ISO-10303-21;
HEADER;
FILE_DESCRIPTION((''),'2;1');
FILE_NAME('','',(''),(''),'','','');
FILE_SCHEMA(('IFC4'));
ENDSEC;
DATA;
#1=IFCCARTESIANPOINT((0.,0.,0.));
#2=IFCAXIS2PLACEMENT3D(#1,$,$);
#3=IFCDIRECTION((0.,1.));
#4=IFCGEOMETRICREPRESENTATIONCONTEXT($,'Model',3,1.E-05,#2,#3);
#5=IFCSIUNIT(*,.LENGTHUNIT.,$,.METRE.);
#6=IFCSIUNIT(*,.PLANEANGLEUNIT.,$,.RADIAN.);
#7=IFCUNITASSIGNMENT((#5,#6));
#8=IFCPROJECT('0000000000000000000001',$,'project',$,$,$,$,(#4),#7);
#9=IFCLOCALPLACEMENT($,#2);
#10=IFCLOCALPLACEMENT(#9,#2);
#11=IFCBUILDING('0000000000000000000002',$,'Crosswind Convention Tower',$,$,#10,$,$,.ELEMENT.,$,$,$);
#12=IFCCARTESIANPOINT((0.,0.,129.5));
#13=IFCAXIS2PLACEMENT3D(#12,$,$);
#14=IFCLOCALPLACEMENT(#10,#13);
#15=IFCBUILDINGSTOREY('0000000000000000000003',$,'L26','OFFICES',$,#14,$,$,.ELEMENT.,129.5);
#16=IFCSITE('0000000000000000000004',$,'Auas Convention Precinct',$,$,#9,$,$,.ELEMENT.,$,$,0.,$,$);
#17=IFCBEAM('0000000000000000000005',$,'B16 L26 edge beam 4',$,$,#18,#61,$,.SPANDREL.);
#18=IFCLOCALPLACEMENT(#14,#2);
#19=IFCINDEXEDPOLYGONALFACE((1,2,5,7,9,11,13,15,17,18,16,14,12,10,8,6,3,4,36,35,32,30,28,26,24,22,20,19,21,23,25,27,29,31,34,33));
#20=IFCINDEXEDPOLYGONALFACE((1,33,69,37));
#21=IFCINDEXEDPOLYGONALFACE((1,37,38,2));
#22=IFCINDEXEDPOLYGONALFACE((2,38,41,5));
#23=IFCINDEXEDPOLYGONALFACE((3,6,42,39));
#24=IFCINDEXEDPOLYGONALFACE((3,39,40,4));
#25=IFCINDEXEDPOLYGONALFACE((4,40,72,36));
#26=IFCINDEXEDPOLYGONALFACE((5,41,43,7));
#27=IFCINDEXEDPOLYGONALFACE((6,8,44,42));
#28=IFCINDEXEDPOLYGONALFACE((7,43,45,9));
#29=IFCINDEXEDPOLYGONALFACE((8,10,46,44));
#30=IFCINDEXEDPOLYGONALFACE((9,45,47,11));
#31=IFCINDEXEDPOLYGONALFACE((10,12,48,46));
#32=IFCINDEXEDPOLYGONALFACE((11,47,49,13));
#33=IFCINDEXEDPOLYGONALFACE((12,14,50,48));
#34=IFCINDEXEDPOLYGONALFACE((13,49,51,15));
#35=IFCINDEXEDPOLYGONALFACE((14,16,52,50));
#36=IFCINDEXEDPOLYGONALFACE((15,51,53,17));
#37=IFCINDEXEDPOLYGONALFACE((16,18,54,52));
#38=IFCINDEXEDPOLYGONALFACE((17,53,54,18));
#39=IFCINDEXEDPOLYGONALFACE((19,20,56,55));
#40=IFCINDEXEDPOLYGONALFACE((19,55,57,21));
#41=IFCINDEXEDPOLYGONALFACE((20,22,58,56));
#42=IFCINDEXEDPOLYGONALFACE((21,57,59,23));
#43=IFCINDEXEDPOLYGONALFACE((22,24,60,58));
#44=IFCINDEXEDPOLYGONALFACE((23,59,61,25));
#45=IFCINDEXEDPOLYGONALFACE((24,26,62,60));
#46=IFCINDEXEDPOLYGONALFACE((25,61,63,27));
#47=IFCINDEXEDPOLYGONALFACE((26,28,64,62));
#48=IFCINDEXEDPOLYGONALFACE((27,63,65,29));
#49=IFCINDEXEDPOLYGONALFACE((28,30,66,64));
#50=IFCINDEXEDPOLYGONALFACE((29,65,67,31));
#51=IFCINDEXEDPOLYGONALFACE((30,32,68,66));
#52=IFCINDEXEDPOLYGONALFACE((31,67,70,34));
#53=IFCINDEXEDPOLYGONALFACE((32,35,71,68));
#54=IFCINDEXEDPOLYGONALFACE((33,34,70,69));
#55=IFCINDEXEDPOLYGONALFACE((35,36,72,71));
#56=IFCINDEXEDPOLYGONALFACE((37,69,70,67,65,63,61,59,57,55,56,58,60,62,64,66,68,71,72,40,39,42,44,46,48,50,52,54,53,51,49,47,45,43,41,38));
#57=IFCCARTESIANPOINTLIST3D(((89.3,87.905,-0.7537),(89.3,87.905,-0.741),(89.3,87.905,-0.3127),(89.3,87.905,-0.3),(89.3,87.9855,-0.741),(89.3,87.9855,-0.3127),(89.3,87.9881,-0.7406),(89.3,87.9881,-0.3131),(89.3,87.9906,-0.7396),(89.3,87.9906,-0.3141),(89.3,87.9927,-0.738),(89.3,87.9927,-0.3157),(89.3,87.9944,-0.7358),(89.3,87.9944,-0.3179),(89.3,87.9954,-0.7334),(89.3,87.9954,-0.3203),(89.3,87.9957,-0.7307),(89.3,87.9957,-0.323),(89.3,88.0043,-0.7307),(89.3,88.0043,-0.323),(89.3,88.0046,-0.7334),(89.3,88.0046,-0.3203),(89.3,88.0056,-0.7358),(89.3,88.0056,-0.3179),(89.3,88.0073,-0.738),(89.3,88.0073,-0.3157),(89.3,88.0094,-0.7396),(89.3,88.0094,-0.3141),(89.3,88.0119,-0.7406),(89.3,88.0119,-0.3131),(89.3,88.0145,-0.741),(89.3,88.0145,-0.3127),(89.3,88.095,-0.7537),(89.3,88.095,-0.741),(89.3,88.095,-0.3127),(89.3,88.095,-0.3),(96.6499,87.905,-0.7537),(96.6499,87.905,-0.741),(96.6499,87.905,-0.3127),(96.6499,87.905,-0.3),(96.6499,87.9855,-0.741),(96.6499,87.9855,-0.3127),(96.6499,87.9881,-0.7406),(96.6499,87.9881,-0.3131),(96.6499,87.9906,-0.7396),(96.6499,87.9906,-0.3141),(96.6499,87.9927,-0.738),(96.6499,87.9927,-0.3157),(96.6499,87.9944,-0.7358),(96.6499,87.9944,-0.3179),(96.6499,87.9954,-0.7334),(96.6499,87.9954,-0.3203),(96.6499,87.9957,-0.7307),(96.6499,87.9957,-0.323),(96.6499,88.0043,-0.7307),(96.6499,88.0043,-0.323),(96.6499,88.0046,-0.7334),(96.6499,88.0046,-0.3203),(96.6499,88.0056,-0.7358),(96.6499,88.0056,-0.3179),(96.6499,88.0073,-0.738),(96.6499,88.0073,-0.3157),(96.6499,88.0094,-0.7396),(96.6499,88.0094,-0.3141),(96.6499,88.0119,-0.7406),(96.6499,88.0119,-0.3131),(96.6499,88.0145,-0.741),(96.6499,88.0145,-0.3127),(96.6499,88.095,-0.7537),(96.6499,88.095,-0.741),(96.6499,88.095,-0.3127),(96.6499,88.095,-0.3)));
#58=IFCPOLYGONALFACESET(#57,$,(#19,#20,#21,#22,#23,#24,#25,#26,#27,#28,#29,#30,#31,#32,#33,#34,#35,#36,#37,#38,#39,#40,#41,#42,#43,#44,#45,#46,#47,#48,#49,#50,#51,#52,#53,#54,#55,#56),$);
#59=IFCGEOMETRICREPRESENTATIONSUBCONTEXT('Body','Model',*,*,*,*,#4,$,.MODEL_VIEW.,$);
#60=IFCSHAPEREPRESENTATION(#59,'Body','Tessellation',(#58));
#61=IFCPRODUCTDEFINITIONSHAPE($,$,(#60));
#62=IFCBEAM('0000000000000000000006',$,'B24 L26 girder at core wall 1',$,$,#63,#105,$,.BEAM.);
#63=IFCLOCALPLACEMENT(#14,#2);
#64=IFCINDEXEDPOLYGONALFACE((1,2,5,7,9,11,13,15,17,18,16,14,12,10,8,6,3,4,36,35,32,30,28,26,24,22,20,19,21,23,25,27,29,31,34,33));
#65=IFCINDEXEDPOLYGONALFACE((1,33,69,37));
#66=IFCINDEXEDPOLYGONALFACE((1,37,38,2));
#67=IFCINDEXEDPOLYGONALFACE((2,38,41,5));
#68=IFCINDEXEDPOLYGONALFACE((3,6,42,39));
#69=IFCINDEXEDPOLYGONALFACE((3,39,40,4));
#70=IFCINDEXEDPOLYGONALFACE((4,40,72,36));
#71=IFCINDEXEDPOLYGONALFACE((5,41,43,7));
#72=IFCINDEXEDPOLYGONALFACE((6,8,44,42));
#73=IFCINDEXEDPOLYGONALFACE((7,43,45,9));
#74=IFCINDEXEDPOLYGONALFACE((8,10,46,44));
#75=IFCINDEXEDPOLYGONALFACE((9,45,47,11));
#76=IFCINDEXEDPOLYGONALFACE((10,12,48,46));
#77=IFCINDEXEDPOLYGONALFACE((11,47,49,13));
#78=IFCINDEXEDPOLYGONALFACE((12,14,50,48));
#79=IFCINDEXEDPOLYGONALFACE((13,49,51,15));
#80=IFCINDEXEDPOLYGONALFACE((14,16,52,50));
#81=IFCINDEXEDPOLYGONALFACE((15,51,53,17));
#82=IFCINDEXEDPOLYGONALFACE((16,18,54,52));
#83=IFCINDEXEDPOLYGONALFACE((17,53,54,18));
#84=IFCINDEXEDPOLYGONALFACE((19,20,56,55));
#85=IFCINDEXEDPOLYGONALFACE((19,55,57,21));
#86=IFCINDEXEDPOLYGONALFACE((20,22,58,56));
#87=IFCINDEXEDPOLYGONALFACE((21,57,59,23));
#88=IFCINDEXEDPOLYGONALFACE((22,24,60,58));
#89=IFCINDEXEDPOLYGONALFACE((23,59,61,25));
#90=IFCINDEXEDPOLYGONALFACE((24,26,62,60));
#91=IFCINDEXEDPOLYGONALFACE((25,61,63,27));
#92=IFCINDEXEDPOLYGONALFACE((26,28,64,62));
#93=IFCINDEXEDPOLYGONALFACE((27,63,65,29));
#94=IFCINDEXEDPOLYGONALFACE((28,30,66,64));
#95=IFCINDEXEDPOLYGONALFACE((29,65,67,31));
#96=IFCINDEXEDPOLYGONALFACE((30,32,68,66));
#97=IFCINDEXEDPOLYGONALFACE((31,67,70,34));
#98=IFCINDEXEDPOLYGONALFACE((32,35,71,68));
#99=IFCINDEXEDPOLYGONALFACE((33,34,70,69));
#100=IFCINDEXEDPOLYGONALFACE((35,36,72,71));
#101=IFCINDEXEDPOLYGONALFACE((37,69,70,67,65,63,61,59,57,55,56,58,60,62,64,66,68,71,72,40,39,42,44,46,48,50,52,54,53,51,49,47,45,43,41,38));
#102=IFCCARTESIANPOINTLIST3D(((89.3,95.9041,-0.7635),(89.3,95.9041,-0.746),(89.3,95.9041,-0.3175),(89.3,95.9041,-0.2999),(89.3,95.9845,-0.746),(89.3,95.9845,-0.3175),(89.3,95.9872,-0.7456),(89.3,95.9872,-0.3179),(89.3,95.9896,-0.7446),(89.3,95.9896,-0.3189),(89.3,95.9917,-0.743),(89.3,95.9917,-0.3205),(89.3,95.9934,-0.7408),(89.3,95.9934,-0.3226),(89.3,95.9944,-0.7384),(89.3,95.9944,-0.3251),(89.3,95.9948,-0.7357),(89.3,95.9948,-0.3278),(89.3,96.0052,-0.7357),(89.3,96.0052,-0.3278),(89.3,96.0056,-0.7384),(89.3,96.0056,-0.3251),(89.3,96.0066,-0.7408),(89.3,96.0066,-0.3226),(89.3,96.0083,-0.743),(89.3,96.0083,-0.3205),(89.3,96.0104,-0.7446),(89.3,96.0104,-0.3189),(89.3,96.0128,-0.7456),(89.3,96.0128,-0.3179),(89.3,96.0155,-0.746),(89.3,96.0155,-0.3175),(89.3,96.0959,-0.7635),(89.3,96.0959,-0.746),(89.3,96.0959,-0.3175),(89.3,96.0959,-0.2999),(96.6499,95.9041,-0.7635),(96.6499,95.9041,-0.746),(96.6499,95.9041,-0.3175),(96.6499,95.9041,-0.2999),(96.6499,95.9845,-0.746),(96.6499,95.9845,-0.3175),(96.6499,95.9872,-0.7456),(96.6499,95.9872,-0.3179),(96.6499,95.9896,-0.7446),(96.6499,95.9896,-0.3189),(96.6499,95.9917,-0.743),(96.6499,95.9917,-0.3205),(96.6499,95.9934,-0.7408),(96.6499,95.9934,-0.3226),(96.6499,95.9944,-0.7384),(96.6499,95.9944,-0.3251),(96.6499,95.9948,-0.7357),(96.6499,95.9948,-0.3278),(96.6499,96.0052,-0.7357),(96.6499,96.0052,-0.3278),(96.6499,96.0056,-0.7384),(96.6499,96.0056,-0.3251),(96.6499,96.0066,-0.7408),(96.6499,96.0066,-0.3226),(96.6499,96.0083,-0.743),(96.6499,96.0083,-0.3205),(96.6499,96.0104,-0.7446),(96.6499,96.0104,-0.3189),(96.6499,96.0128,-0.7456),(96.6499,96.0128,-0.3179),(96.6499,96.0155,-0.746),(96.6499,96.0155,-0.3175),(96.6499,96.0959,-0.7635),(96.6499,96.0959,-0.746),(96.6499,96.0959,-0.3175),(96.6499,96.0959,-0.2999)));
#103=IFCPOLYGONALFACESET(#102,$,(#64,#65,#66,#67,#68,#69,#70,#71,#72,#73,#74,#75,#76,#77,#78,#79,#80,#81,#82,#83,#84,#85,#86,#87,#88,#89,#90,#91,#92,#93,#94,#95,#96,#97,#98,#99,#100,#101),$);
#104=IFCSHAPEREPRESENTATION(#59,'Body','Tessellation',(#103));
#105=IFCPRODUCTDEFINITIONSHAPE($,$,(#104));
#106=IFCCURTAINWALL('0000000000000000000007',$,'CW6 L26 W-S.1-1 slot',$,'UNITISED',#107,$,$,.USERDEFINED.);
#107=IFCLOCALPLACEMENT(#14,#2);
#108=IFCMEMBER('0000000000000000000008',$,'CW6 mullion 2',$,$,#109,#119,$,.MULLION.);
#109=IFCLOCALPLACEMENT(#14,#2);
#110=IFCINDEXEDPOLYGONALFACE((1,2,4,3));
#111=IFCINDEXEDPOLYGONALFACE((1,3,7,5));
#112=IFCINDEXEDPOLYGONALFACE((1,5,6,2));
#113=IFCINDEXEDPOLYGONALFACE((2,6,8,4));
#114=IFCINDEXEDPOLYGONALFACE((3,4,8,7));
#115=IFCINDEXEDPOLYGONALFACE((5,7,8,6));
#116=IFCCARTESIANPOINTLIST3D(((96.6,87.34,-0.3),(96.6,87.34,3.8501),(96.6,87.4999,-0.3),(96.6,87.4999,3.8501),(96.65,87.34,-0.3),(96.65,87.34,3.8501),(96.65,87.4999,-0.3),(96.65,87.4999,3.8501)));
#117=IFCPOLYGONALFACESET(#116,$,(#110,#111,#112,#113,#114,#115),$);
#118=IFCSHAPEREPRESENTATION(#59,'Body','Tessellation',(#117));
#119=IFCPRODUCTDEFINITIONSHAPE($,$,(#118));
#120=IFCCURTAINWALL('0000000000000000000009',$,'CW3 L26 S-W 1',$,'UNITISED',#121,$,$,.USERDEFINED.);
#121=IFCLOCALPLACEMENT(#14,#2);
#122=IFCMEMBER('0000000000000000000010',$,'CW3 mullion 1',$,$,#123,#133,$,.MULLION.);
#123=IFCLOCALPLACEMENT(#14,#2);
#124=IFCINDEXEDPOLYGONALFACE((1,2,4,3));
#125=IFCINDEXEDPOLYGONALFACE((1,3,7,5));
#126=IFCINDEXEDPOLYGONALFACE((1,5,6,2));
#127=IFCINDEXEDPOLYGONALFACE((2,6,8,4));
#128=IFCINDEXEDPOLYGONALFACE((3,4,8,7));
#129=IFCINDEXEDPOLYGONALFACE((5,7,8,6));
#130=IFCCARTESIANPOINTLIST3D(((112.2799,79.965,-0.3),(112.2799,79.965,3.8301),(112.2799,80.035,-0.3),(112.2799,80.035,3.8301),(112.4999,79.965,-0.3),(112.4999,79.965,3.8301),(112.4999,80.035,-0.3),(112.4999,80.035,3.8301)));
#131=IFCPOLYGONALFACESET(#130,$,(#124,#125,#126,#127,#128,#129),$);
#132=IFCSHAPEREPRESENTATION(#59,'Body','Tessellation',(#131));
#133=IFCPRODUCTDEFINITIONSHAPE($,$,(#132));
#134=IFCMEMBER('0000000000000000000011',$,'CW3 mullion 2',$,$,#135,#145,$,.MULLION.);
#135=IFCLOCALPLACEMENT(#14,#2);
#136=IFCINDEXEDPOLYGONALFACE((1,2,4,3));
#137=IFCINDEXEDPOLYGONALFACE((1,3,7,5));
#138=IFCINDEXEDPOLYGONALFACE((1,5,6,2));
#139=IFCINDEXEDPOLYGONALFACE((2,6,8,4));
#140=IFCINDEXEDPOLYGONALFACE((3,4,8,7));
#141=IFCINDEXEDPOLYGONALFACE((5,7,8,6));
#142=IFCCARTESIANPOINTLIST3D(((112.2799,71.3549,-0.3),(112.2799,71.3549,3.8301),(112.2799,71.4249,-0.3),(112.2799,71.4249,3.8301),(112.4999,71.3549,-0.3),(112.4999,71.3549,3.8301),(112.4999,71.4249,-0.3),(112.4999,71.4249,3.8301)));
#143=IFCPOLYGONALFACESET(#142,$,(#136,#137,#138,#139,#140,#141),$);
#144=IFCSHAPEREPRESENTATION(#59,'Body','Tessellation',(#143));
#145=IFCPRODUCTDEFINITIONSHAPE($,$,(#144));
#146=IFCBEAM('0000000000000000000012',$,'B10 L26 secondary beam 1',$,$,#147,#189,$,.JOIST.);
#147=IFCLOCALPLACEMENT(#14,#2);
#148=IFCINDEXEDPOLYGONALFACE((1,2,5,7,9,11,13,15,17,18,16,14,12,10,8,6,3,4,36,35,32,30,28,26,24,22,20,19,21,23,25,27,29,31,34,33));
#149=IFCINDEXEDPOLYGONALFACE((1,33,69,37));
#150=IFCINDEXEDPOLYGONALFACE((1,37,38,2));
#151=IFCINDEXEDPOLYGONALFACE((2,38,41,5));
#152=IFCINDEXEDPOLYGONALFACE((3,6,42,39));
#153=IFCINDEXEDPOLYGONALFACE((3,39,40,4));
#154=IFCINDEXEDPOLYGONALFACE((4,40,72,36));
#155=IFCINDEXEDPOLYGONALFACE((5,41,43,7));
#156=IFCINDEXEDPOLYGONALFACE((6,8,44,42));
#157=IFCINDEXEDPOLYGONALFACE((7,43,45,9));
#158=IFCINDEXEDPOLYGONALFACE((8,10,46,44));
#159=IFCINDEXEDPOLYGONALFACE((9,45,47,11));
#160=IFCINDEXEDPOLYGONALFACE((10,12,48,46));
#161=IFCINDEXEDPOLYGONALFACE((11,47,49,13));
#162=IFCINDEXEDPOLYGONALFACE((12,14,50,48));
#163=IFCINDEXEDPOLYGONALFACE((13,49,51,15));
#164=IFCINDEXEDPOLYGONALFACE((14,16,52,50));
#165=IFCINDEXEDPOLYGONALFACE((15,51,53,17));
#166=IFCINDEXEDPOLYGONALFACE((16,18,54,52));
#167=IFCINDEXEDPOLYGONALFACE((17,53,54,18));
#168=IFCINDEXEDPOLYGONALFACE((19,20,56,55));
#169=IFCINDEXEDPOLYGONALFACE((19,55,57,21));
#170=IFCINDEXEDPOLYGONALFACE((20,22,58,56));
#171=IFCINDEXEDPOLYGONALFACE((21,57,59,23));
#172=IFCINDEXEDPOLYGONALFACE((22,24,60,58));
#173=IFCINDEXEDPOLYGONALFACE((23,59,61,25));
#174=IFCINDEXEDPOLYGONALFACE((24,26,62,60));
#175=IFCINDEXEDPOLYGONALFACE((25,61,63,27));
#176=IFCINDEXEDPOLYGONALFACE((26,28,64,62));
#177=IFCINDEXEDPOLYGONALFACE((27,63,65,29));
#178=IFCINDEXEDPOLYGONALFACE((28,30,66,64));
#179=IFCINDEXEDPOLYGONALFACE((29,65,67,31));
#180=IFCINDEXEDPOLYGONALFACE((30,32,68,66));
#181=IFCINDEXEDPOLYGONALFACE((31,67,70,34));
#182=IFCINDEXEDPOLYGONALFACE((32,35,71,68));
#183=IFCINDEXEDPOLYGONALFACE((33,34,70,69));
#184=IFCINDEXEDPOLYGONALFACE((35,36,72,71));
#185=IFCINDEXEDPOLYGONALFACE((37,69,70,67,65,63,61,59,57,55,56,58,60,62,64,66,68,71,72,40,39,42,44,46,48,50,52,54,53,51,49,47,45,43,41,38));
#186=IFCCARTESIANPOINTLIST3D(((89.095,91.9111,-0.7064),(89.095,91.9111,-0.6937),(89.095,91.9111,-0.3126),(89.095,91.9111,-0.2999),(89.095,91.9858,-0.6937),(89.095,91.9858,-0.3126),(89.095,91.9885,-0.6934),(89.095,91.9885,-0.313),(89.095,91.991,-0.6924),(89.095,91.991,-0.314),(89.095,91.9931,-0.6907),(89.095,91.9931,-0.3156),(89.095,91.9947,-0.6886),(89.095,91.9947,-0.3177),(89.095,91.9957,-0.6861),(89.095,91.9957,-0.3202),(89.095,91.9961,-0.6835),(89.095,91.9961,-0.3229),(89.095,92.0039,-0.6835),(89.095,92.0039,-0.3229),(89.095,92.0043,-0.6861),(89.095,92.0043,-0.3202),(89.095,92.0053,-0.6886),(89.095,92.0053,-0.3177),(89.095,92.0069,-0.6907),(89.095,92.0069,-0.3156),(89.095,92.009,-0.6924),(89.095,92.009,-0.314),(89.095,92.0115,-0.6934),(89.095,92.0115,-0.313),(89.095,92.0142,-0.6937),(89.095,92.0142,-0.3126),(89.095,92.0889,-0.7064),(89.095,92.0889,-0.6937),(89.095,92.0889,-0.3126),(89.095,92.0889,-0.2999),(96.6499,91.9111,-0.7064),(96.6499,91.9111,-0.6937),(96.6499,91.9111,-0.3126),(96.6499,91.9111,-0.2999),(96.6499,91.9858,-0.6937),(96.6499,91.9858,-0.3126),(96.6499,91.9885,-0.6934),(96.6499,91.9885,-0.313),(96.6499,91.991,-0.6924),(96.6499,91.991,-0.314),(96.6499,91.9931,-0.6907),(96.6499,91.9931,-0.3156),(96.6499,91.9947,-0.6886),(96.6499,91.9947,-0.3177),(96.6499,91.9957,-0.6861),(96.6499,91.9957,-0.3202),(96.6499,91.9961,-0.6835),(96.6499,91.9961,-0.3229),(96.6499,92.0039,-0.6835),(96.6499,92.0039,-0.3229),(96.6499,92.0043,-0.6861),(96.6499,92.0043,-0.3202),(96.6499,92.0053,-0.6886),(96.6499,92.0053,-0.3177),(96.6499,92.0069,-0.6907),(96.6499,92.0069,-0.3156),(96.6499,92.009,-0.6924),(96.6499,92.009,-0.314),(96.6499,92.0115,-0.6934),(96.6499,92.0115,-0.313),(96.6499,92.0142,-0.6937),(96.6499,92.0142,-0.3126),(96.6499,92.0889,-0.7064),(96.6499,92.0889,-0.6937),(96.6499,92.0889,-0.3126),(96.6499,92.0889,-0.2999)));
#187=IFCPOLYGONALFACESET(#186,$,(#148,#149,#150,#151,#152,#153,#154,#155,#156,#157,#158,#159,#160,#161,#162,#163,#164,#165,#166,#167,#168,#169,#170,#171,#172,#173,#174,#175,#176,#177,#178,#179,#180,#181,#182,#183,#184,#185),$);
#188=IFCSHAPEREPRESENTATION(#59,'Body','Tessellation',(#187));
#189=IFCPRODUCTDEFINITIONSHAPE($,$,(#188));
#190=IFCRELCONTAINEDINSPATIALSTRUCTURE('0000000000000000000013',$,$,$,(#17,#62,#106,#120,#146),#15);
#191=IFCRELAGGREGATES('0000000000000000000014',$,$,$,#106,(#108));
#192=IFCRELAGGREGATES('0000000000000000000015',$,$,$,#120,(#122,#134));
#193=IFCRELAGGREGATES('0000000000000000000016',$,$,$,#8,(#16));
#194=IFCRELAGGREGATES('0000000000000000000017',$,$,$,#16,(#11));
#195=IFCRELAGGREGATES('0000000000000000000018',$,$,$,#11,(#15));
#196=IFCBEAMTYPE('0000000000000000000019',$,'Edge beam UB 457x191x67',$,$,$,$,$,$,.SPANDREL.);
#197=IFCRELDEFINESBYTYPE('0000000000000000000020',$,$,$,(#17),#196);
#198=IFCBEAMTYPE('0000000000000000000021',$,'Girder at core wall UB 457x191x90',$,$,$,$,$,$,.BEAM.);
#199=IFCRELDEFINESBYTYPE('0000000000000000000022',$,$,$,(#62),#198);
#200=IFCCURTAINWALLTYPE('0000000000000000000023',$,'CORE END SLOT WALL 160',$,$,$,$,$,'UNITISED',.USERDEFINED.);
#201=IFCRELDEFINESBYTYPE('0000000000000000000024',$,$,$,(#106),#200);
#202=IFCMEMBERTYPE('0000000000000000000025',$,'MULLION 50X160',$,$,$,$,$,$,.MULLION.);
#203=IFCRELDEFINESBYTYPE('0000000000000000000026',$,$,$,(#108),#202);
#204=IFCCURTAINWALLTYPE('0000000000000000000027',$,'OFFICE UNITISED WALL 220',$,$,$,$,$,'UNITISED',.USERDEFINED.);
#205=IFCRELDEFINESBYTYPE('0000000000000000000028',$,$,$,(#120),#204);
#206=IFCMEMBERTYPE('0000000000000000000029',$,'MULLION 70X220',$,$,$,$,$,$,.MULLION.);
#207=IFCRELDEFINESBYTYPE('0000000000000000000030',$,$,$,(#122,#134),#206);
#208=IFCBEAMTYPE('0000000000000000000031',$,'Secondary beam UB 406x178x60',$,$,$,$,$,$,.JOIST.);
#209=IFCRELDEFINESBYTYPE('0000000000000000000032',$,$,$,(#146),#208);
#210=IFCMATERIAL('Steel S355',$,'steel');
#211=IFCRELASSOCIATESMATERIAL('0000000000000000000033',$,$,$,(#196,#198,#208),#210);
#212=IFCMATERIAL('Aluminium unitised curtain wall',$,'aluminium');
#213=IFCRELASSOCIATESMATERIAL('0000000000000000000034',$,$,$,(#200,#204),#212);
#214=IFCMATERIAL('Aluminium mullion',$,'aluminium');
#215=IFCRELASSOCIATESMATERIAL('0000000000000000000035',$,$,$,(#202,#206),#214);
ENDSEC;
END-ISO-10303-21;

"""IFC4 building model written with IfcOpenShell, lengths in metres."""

from ifc_helpers import new_model, si_unit, direction, frame, origin, origin_2d, place, context, subcontext, project, spatial, rectangle, i_section, extrude, material, material_profile, profile_set, type_object, element, aggregate, save


model = new_model("IFC4")

# Units and contexts
model_context = context("Model", 3, precision=1e-05, world=origin(), true_north=direction((0.0, 1.0)))
body_context = subcontext(model_context, "Body", "Model", "MODEL_VIEW")
ifc_project = project(units=[si_unit("LENGTHUNIT", "METRE"), si_unit("PLANEANGLEUNIT", "RADIAN")], contexts=[model_context])

# Site, building, storey
site_placement = place(None, origin())
site = spatial("IfcSite", under=ifc_project, at=site_placement, Name="Auas Convention Precinct", CompositionType="ELEMENT", RefElevation=0.0)
building_placement = place(site_placement, origin())
building = spatial("IfcBuilding", under=site, at=building_placement, Name="Crosswind Convention Tower", CompositionType="ELEMENT")
storey_placement = place(building_placement, frame((0.0, 0.0, 129.5)))
storey = spatial("IfcBuildingStorey", under=building, at=storey_placement, Name="L26", Description="OFFICES", CompositionType="ELEMENT", Elevation=129.5)

# Beams
ifc_material_1 = material(Name="Steel S355", Category="steel")
ifc_material_profile_1 = material_profile(ifc_material_1, i_section(OverallWidth=0.1899, OverallDepth=0.4536, WebThickness=0.0085, FlangeThickness=0.0127, FilletRadius=0.0103, at=origin_2d()), Name="UB 457x191x67")
ifc_profile_set_1 = profile_set([ifc_material_profile_1], Name="Steel S355")
beam_type_1 = type_object("IfcBeamType", Name="Edge beam UB 457x191x67", PredefinedType="SPANDREL", material=ifc_profile_set_1)
beam_1_placement = place(storey_placement, frame((89.3, 88.0, -0.5269), z_axis=(1.0, 0.0, 0.0), x_axis=(0.0, 1.0, 0.0)))
element("IfcBeam", 1, at=beam_1_placement, inside=storey, type_object=beam_type_1, Name="B16 L26 edge beam 4", PredefinedType="SPANDREL", context=body_context, shape_type="SweptSolid", body=[
    extrude(i_section(OverallWidth=0.1899, OverallDepth=0.4536, WebThickness=0.0085, FlangeThickness=0.0127, FilletRadius=0.0103, at=origin_2d()), origin(), (0.0, 0.0, 1.0), 7.3499),
])
ifc_material_profile_2 = material_profile(ifc_material_1, i_section(OverallWidth=0.1919, OverallDepth=0.4636, WebThickness=0.0105, FlangeThickness=0.0176, FilletRadius=0.0103, at=origin_2d()), Name="UB 457x191x90")
ifc_profile_set_2 = profile_set([ifc_material_profile_2], Name="Steel S355")
beam_type_2 = type_object("IfcBeamType", Name="Girder at core wall UB 457x191x90", PredefinedType="BEAM", material=ifc_profile_set_2)
beam_2_placement = place(storey_placement, frame((89.3, 96.0, -0.5317), z_axis=(1.0, 0.0, 0.0), x_axis=(0.0, 1.0, 0.0)))
element("IfcBeam", 2, at=beam_2_placement, inside=storey, type_object=beam_type_2, Name="B24 L26 girder at core wall 1", PredefinedType="BEAM", context=body_context, shape_type="SweptSolid", body=[
    extrude(i_section(OverallWidth=0.1919, OverallDepth=0.4636, WebThickness=0.0105, FlangeThickness=0.0176, FilletRadius=0.0103, at=origin_2d()), origin(), (0.0, 0.0, 1.0), 7.3499),
])

# Curtain wall, member
ifc_material_2 = material(Name="Aluminium unitised curtain wall", Category="aluminium")
curtain_wall_type_1 = type_object("IfcCurtainWallType", Name="CORE END SLOT WALL 160", ElementType="UNITISED", PredefinedType="USERDEFINED", material=ifc_material_2)
curtain_wall_1_placement = place(storey_placement, origin())
curtain_wall_1 = element("IfcCurtainWall", 3, at=curtain_wall_1_placement, inside=storey, type_object=curtain_wall_type_1, Name="CW6 L26 W-S.1-1 slot", ObjectType="UNITISED", PredefinedType="USERDEFINED")
ifc_material_3 = material(Name="Aluminium mullion", Category="aluminium")
ifc_material_profile_3 = material_profile(ifc_material_3, rectangle(XDim=0.1599, YDim=0.05, at=origin_2d()), Name="AL 160X50")
ifc_profile_set_3 = profile_set([ifc_material_profile_3], Name="Aluminium mullion")
member_type_1 = type_object("IfcMemberType", Name="MULLION 50X160", PredefinedType="MULLION", material=ifc_profile_set_3)
member_1_placement = place(storey_placement, frame((96.625, 87.4199, -0.3), z_axis=(0.0, 0.0, 1.0), x_axis=(0.0, -1.0, 0.0)))
member_1 = element("IfcMember", 4, at=member_1_placement, type_object=member_type_1, Name="CW6 mullion 2", PredefinedType="MULLION", context=body_context, shape_type="SweptSolid", body=[
    extrude(rectangle(XDim=0.1599, YDim=0.05, at=origin_2d()), origin(), (0.0, 0.0, 1.0), 4.1501),
])
aggregate(curtain_wall_1, [member_1])

# Curtain wall, members
curtain_wall_type_2 = type_object("IfcCurtainWallType", Name="OFFICE UNITISED WALL 220", ElementType="UNITISED", PredefinedType="USERDEFINED", material=ifc_material_2)
curtain_wall_2_placement = place(storey_placement, origin())
curtain_wall_2 = element("IfcCurtainWall", 5, at=curtain_wall_2_placement, inside=storey, type_object=curtain_wall_type_2, Name="CW3 L26 S-W 1", ObjectType="UNITISED", PredefinedType="USERDEFINED")
ifc_material_profile_4 = material_profile(ifc_material_3, rectangle(XDim=0.22, YDim=0.0701, at=origin_2d()), Name="AL 220X70")
ifc_profile_set_4 = profile_set([ifc_material_profile_4], Name="Aluminium mullion")
member_type_2 = type_object("IfcMemberType", Name="MULLION 70X220", PredefinedType="MULLION", material=ifc_profile_set_4)
member_2_placement = place(storey_placement, frame((112.3899, 80.0, -0.3), z_axis=(0.0, 0.0, 1.0), x_axis=(-1.0, 0.0, 0.0)))
member_2 = element("IfcMember", 6, at=member_2_placement, type_object=member_type_2, Name="CW3 mullion 1", PredefinedType="MULLION", context=body_context, shape_type="SweptSolid", body=[
    extrude(rectangle(XDim=0.22, YDim=0.0701, at=origin_2d()), origin(), (0.0, 0.0, 1.0), 4.1301),
])
member_3_placement = place(storey_placement, frame((112.3899, 71.3899, -0.3), z_axis=(0.0, 0.0, 1.0), x_axis=(-1.0, 0.0, 0.0)))
member_3 = element("IfcMember", 7, at=member_3_placement, type_object=member_type_2, Name="CW3 mullion 2", PredefinedType="MULLION", context=body_context, shape_type="SweptSolid", body=[
    extrude(rectangle(XDim=0.22, YDim=0.0701, at=origin_2d()), origin(), (0.0, 0.0, 1.0), 4.1301),
])

# Beam
ifc_material_profile_5 = material_profile(ifc_material_1, i_section(OverallWidth=0.1777, OverallDepth=0.4065, WebThickness=0.0078, FlangeThickness=0.0127, FilletRadius=0.0103, at=origin_2d()), Name="UB 406x178x60")
ifc_profile_set_5 = profile_set([ifc_material_profile_5], Name="Steel S355")
beam_type_3 = type_object("IfcBeamType", Name="Secondary beam UB 406x178x60", PredefinedType="JOIST", material=ifc_profile_set_5)
beam_3_placement = place(storey_placement, frame((89.095, 92.0, -0.5032), z_axis=(1.0, 0.0, 0.0), x_axis=(0.0, 1.0, 0.0)))
element("IfcBeam", 8, at=beam_3_placement, inside=storey, type_object=beam_type_3, Name="B10 L26 secondary beam 1", PredefinedType="JOIST", context=body_context, shape_type="SweptSolid", body=[
    extrude(i_section(OverallWidth=0.1777, OverallDepth=0.4065, WebThickness=0.0078, FlangeThickness=0.0127, FilletRadius=0.0103, at=origin_2d()), origin(), (0.0, 0.0, 1.0), 7.5549),
])

aggregate(curtain_wall_2, [member_2, member_3])

save(model, "model.ifc")
